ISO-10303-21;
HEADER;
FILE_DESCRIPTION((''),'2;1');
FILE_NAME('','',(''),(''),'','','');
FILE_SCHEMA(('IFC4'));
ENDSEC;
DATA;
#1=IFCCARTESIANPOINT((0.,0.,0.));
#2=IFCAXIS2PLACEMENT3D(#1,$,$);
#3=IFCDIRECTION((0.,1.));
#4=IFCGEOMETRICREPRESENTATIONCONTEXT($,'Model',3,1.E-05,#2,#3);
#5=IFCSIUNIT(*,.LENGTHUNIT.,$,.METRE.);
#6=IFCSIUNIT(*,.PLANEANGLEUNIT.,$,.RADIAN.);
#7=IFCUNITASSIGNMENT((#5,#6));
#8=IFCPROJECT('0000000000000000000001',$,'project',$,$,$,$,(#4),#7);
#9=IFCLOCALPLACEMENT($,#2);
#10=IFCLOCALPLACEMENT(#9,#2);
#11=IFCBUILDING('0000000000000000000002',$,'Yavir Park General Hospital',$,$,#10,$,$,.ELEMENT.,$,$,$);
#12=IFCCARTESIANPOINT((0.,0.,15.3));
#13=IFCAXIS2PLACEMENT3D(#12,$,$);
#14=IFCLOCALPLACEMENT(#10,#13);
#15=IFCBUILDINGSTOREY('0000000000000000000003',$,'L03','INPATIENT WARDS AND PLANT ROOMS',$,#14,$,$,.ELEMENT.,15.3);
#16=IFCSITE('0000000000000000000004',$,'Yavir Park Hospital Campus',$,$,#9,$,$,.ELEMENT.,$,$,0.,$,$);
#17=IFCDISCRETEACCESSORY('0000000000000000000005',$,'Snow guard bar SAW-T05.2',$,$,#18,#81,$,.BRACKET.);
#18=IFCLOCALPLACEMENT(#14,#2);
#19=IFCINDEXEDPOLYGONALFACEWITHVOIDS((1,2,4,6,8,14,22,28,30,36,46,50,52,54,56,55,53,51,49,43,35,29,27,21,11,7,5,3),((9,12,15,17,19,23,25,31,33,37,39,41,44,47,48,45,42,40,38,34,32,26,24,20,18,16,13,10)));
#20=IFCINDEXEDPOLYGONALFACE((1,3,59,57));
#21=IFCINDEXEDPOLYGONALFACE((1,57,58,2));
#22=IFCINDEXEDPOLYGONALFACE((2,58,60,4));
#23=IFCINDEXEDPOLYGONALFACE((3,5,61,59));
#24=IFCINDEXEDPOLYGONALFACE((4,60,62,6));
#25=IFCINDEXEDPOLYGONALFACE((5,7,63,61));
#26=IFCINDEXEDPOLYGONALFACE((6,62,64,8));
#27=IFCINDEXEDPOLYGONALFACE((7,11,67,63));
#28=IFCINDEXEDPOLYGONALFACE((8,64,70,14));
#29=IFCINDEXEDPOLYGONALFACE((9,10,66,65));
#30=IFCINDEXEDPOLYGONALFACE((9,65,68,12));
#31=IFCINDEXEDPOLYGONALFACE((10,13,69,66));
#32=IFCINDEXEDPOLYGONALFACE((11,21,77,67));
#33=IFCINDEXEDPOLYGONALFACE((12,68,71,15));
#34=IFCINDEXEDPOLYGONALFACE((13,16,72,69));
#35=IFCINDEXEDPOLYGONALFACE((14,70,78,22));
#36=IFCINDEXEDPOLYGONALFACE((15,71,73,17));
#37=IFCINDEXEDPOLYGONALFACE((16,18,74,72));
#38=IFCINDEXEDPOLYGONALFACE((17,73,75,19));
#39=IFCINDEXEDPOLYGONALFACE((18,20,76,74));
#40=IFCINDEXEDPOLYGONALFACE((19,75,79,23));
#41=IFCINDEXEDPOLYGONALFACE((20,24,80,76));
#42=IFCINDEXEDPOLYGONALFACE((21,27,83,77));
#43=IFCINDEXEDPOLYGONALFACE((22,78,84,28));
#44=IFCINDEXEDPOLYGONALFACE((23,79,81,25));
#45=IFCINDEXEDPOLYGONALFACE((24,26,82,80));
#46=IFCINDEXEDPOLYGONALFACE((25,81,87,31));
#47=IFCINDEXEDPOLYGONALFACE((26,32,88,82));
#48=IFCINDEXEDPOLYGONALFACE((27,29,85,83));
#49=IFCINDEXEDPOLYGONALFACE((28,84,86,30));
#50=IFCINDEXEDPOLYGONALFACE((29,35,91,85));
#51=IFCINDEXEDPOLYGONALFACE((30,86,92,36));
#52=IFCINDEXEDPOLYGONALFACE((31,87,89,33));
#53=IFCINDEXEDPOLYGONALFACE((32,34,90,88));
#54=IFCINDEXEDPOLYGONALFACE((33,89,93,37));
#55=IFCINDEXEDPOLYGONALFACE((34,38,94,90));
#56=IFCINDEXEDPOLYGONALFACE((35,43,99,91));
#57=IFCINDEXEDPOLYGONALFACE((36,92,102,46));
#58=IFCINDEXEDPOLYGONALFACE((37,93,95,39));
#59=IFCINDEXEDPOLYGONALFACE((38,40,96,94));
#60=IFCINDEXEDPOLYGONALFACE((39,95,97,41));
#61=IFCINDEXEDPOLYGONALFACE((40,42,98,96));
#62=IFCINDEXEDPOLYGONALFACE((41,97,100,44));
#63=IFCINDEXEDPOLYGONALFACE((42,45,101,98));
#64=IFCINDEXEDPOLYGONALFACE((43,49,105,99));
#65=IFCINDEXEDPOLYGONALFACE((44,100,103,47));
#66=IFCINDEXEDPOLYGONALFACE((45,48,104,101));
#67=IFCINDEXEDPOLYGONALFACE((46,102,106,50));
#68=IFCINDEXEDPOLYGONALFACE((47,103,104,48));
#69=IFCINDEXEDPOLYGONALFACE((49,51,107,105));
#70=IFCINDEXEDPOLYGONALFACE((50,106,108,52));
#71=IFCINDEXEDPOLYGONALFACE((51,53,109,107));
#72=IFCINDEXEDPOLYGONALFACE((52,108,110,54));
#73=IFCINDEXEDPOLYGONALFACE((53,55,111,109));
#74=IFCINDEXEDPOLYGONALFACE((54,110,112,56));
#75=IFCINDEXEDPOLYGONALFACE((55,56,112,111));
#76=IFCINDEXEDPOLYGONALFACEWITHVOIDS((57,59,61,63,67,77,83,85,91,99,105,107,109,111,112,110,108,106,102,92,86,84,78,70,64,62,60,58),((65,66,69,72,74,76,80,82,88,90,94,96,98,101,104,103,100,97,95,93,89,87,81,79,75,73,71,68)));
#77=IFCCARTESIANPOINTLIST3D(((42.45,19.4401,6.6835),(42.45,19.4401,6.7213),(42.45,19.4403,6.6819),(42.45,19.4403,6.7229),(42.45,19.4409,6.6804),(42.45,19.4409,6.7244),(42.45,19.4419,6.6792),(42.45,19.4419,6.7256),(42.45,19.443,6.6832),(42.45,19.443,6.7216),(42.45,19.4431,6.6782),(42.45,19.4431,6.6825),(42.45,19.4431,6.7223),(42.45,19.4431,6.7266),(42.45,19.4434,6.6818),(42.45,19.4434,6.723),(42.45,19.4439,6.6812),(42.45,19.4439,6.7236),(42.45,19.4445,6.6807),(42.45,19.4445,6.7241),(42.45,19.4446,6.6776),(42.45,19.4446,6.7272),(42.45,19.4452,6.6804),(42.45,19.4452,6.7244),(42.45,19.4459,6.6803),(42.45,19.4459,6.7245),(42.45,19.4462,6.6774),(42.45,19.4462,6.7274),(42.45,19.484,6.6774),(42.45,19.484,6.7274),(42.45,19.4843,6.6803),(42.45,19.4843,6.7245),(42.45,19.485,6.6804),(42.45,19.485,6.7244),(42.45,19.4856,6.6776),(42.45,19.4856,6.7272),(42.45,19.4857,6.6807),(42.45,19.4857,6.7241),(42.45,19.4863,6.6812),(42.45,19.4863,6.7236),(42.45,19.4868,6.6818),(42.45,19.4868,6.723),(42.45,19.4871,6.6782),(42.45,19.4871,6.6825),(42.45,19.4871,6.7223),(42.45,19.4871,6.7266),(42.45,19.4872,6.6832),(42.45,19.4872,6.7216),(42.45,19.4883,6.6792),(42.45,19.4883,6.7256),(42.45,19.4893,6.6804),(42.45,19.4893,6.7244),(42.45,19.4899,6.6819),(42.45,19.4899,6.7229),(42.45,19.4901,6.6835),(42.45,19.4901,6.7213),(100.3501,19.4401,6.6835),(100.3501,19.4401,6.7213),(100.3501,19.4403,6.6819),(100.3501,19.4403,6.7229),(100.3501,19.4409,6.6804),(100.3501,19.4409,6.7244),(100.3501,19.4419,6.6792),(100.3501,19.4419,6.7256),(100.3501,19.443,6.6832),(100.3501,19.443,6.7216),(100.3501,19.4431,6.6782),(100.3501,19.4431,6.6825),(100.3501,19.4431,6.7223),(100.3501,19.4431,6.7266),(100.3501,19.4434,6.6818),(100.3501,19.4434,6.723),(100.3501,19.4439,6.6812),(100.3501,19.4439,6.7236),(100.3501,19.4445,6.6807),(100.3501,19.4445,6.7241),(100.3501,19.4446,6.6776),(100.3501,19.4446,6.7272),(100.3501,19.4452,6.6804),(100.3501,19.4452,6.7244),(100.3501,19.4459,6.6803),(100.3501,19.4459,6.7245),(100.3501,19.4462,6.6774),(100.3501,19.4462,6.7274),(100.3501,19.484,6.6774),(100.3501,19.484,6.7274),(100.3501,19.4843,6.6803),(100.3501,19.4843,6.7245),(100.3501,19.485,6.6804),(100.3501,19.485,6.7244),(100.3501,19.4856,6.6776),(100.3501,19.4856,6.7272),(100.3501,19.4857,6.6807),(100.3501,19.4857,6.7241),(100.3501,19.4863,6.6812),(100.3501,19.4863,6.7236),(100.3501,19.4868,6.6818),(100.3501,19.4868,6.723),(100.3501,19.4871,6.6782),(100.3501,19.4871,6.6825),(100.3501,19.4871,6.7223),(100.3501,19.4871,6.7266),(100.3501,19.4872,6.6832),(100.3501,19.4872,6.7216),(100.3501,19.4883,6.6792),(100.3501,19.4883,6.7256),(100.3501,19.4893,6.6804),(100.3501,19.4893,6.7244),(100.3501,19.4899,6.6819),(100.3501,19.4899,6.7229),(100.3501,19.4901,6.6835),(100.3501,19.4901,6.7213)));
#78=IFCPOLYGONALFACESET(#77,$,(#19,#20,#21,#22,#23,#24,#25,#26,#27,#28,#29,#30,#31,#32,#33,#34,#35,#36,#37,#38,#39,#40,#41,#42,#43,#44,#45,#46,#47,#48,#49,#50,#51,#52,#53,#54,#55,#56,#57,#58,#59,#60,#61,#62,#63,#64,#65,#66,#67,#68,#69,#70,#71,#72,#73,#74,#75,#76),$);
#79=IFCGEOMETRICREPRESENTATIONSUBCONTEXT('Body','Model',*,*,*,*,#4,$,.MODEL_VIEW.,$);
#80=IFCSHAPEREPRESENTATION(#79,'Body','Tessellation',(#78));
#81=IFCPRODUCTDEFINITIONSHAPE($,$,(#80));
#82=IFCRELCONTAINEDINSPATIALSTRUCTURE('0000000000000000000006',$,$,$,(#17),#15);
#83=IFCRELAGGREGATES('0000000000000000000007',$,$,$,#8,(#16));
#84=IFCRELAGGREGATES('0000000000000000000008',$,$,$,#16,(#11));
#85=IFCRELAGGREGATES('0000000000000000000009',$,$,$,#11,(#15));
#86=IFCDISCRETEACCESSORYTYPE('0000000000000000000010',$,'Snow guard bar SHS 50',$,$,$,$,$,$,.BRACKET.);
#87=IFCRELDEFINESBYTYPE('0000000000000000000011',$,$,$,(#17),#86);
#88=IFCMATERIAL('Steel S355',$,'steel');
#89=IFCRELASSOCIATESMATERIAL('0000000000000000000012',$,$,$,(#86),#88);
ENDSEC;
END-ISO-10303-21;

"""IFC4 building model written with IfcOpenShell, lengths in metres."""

from ifc_helpers import new_model, si_unit, direction, frame, origin, origin_2d, place, context, subcontext, project, spatial, hollow_rectangle, extrude, material, material_profile, profile_set, type_object, element, save


model = new_model("IFC4")

# Units and contexts
model_context = context("Model", 3, precision=1e-05, world=origin(), true_north=direction((0.0, 1.0)))
body_context = subcontext(model_context, "Body", "Model", "MODEL_VIEW")
ifc_project = project(units=[si_unit("LENGTHUNIT", "METRE"), si_unit("PLANEANGLEUNIT", "RADIAN")], contexts=[model_context])

# Site, building, storey
site_placement = place(None, origin())
site = spatial("IfcSite", under=ifc_project, at=site_placement, Name="Yavir Park Hospital Campus", CompositionType="ELEMENT", RefElevation=0.0)
building_placement = place(site_placement, origin())
building = spatial("IfcBuilding", under=site, at=building_placement, Name="Yavir Park General Hospital", CompositionType="ELEMENT")
storey_placement = place(building_placement, frame((0.0, 0.0, 15.3)))
storey = spatial("IfcBuildingStorey", under=building, at=storey_placement, Name="L03", Description="INPATIENT WARDS AND PLANT ROOMS", CompositionType="ELEMENT", Elevation=15.3)

# Discrete accessory
ifc_material_1 = material(Name="Steel S355", Category="steel")
ifc_material_profile_1 = material_profile(ifc_material_1, hollow_rectangle(XDim=0.05, YDim=0.05, WallThickness=0.0029, InnerFilletRadius=0.0029, OuterFilletRadius=0.0061, at=origin_2d()), Name="RHS50x50x3")
ifc_profile_set_1 = profile_set([ifc_material_profile_1], Name="Steel S355")
discrete_accessory_type = type_object("IfcDiscreteAccessoryType", Name="Snow guard bar SHS 50", PredefinedType="BRACKET", material=ifc_profile_set_1)
for number, where, z_axis, x_axis, name in (
    (1, (42.45, 19.4651, 6.7024), (1.0, 0.0, 0.0), (0.0, 1.0, 0.0), "Snow guard bar SAW-T05.2"),
):
    element("IfcDiscreteAccessory", number, at=place(storey_placement, frame(where, z_axis=z_axis, x_axis=x_axis)), inside=storey, type_object=discrete_accessory_type, Name=name, PredefinedType="BRACKET", context=body_context, shape_type="SweptSolid", body=[
        extrude(hollow_rectangle(XDim=0.05, YDim=0.05, WallThickness=0.0029, InnerFilletRadius=0.0029, OuterFilletRadius=0.0061, at=origin_2d()), origin(), (0.0, 0.0, 1.0), 57.9001),
    ])

save(model, "model.ifc")
